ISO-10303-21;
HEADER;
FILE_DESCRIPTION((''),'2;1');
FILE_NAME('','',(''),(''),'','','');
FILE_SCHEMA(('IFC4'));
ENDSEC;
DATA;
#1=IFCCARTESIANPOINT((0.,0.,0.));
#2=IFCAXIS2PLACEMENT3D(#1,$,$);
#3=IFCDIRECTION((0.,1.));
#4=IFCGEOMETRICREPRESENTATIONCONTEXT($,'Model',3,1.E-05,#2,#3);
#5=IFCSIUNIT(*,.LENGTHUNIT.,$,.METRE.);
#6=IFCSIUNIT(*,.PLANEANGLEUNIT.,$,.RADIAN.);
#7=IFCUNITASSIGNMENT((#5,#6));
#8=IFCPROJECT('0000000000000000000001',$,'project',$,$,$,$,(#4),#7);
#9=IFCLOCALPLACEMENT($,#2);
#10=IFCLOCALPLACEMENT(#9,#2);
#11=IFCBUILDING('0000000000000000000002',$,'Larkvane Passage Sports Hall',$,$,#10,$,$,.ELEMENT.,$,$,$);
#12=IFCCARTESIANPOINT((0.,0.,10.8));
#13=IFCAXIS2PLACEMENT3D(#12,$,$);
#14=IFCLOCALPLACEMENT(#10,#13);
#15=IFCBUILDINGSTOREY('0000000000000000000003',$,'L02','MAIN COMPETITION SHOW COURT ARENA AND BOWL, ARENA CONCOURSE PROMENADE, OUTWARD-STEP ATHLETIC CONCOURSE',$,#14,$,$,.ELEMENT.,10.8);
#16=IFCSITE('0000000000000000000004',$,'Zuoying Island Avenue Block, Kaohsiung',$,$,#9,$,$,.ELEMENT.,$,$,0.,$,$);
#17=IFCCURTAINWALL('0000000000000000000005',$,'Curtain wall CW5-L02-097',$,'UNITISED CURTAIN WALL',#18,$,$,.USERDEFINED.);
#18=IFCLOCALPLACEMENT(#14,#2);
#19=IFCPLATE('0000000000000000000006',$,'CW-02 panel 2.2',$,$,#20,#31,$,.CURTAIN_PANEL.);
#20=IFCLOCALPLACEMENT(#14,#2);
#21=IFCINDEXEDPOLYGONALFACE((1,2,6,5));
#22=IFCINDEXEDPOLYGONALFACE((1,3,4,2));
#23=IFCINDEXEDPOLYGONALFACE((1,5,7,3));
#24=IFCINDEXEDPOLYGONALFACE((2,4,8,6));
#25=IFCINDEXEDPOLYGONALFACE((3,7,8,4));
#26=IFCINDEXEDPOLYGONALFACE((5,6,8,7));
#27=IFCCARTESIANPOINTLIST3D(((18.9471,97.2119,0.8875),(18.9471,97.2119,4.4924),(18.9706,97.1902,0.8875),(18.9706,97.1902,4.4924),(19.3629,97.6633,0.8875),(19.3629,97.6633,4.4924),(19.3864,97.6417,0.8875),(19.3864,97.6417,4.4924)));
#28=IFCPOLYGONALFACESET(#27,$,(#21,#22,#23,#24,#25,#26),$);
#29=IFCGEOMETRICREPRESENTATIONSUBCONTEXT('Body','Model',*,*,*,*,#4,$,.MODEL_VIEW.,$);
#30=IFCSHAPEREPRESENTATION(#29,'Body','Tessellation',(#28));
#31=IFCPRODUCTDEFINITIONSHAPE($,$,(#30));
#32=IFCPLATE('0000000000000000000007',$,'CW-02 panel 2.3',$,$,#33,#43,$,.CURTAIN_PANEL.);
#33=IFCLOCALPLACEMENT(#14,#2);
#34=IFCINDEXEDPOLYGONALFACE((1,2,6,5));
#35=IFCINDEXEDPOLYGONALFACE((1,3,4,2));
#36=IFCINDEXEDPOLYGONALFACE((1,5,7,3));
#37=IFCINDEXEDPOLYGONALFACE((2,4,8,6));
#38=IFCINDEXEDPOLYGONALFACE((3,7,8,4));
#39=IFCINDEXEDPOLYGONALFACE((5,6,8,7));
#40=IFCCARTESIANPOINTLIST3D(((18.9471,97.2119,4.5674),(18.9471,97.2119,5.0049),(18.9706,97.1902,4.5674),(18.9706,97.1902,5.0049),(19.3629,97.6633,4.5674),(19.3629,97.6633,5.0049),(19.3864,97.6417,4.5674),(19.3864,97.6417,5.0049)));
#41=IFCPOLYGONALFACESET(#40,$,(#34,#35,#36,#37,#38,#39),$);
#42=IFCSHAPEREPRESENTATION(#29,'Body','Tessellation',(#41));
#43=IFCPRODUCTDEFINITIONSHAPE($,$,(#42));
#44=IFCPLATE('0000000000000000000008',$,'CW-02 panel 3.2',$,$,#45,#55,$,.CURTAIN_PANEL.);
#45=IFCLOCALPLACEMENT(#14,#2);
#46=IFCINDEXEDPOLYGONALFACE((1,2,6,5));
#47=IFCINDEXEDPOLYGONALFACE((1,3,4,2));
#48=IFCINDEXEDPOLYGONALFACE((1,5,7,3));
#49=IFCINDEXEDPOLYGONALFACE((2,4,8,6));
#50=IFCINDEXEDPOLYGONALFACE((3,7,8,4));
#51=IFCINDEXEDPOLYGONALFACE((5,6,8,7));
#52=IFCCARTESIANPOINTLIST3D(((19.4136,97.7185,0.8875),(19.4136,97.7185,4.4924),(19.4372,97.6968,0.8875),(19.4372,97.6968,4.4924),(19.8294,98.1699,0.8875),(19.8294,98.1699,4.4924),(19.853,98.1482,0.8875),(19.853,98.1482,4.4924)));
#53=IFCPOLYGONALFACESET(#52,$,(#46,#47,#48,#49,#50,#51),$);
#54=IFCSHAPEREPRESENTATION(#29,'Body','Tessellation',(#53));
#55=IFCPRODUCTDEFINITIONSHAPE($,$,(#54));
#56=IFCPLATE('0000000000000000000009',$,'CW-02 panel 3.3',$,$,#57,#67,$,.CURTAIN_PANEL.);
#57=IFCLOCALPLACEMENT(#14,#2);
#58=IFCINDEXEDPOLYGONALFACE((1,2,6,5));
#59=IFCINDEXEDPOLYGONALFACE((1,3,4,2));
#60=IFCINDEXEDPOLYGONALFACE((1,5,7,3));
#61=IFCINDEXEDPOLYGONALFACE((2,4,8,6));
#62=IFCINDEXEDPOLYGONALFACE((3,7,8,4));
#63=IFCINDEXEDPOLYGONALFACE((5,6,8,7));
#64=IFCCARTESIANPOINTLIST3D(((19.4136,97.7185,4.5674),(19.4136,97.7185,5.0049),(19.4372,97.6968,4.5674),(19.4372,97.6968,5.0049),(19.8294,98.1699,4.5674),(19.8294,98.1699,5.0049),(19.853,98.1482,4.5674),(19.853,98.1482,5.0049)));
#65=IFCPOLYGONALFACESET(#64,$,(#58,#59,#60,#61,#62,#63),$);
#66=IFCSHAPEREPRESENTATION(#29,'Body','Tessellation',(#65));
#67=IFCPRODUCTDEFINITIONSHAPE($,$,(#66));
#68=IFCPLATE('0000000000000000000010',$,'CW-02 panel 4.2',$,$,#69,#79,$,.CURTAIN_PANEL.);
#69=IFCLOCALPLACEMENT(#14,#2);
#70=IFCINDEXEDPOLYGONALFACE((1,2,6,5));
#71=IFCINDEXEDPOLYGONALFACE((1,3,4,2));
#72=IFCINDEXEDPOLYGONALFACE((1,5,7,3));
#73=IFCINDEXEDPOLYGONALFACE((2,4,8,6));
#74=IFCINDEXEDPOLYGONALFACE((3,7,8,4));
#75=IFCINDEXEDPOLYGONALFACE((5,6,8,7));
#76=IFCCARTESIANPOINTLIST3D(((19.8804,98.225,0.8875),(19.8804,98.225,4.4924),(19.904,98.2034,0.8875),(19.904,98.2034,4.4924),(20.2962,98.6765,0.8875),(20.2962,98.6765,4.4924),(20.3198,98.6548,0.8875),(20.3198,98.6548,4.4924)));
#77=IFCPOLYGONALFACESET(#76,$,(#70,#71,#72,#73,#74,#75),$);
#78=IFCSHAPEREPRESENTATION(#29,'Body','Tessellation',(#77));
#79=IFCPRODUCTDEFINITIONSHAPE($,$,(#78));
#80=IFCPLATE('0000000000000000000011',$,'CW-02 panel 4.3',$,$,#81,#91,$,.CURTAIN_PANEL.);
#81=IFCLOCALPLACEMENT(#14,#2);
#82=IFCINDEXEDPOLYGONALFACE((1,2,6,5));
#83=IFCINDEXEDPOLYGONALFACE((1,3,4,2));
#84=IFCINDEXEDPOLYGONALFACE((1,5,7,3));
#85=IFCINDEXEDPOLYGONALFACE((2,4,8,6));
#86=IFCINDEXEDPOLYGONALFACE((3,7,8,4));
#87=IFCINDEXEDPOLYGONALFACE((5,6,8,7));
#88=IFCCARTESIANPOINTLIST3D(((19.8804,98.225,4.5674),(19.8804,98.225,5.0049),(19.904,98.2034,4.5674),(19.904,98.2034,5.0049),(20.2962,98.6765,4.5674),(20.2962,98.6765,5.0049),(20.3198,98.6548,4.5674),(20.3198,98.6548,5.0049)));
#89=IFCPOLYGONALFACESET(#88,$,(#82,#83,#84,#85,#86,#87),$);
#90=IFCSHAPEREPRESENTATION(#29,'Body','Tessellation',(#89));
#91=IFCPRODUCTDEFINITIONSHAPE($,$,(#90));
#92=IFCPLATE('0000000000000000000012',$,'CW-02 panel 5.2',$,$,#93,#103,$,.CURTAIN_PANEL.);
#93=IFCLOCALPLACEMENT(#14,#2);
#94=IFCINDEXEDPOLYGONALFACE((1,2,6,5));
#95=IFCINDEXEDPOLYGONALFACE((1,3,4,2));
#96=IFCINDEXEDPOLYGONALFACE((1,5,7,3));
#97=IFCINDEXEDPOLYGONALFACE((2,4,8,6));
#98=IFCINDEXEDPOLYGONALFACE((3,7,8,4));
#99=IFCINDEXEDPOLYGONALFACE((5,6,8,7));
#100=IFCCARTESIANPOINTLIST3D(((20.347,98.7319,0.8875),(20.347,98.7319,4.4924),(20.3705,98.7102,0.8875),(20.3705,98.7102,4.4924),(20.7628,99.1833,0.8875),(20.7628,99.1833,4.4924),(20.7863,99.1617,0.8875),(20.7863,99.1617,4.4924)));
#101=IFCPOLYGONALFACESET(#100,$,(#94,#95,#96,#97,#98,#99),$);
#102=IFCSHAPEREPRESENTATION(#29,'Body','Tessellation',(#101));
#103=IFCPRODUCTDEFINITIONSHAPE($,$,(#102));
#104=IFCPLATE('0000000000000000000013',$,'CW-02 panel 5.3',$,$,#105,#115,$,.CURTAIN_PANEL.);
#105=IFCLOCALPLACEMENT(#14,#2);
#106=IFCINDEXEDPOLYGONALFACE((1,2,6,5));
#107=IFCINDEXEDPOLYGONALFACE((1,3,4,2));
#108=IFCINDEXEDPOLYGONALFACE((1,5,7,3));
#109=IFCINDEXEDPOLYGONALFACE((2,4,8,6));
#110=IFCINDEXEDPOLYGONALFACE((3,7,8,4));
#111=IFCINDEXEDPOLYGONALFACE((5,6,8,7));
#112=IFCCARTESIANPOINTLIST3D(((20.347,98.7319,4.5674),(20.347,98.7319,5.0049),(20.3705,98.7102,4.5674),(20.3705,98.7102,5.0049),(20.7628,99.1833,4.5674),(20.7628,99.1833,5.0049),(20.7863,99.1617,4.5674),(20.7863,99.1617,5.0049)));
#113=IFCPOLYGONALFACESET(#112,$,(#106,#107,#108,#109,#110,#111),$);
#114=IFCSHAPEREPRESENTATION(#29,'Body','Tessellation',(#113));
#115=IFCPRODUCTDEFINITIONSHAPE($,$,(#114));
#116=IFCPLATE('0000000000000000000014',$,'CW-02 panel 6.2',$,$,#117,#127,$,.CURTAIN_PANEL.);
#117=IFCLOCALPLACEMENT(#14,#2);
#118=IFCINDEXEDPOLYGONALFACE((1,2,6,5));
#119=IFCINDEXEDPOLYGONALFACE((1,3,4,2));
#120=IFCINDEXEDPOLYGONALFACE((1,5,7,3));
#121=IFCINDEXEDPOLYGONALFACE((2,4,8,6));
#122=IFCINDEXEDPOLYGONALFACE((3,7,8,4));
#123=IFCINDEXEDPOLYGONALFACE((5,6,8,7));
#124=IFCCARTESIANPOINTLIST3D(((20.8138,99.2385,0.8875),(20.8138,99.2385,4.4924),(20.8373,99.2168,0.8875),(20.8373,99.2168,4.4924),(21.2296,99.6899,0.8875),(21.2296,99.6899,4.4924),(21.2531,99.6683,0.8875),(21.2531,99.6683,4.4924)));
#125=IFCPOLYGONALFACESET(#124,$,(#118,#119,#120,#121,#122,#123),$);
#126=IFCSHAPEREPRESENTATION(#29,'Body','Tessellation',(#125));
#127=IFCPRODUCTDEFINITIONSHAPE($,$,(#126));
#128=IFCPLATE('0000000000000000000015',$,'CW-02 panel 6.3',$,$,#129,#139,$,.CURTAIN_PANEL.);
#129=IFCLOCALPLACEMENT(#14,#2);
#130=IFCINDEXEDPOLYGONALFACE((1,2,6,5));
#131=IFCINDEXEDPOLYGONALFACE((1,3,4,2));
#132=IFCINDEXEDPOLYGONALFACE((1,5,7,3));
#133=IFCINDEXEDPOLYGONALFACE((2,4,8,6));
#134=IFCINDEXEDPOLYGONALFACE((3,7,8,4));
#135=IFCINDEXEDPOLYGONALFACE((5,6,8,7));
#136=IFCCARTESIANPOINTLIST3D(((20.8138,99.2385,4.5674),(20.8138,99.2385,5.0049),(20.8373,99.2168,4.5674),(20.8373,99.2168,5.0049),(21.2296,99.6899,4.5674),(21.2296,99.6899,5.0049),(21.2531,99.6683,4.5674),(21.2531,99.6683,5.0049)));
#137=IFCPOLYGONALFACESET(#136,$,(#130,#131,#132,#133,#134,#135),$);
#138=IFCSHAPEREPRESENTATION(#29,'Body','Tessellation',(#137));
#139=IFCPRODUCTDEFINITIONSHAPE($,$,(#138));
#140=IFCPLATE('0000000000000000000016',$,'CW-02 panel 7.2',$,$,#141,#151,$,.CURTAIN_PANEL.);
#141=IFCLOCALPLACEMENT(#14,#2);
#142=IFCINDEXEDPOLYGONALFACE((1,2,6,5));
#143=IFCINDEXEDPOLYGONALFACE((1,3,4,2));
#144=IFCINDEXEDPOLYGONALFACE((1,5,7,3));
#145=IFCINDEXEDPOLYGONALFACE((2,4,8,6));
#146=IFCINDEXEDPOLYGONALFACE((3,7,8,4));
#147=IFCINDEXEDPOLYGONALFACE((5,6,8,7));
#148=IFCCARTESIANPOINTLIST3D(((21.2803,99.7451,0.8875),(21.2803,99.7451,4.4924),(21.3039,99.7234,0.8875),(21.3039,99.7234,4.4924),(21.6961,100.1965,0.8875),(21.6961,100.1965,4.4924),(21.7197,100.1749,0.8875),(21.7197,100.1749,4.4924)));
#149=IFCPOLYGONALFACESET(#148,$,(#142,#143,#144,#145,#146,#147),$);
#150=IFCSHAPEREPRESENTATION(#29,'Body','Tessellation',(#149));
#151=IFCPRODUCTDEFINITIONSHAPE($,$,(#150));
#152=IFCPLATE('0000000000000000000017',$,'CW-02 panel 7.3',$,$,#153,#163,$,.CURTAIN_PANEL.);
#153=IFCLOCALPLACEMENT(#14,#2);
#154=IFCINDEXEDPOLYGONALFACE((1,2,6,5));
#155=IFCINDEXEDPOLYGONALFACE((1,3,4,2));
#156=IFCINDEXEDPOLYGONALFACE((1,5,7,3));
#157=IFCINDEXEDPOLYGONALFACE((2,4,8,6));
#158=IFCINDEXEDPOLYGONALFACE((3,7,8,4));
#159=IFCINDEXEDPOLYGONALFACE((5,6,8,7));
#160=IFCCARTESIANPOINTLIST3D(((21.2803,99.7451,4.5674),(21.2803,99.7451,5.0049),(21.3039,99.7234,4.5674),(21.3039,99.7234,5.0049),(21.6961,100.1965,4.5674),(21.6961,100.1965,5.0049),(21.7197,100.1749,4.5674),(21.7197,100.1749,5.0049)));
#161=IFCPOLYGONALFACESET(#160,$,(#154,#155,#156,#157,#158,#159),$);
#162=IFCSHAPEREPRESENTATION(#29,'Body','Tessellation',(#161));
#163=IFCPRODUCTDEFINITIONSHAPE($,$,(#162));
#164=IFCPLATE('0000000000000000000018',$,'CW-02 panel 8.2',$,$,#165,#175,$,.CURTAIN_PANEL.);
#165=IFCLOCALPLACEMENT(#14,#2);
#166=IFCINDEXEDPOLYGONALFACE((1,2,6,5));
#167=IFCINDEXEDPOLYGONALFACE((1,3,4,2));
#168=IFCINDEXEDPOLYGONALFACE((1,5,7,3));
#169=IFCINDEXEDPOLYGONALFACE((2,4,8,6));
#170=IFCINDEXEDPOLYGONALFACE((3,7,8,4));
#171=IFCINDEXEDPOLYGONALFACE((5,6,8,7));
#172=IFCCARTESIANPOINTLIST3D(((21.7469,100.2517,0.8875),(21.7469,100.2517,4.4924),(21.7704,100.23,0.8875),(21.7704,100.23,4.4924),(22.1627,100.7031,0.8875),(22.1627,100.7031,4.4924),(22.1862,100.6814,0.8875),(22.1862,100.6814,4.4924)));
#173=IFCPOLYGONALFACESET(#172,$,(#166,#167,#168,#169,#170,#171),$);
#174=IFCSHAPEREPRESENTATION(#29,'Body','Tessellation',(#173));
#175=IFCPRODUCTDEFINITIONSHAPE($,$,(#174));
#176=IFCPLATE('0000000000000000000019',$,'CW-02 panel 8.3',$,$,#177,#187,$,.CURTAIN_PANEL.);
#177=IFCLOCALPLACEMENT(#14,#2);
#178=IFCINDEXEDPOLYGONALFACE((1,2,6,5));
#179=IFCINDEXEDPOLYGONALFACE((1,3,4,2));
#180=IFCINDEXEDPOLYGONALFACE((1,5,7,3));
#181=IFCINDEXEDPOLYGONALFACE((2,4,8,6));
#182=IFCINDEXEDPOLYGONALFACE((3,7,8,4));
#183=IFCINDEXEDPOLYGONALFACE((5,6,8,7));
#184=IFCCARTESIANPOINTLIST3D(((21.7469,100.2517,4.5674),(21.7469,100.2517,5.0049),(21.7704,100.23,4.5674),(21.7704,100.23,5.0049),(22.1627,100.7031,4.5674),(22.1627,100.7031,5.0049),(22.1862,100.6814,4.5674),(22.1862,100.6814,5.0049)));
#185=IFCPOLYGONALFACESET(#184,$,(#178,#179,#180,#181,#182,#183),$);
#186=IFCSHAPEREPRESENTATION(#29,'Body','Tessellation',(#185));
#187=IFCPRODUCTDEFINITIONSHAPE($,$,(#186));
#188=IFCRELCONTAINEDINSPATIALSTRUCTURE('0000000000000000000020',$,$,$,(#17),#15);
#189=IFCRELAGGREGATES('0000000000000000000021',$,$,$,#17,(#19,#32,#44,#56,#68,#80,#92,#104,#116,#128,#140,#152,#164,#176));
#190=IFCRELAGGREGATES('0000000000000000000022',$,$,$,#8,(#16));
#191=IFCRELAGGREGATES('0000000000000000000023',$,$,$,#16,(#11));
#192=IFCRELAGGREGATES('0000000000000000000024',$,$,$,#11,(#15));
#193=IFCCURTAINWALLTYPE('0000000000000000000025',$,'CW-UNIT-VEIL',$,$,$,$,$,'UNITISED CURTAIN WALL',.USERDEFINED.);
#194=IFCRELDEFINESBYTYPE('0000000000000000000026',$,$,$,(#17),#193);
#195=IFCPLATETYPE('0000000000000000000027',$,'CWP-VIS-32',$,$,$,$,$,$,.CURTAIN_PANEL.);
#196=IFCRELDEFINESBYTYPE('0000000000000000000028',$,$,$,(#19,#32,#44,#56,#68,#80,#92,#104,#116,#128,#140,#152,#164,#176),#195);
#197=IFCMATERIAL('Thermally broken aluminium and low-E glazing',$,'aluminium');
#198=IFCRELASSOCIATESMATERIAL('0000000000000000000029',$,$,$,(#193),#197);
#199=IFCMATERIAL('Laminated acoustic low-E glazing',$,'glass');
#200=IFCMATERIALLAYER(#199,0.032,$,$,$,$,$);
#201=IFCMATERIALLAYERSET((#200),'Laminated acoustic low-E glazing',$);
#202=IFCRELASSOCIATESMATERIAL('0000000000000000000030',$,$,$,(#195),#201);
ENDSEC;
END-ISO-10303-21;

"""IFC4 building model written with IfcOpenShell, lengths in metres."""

from ifc_helpers import new_model, si_unit, direction, frame, origin, origin_2d, place, context, subcontext, project, spatial, rectangle, extrude, material, layer, layer_set, type_object, element, aggregate, save


model = new_model("IFC4")

# Units and contexts
model_context = context("Model", 3, precision=1e-05, world=origin(), true_north=direction((0.0, 1.0)))
body_context = subcontext(model_context, "Body", "Model", "MODEL_VIEW")
ifc_project = project(units=[si_unit("LENGTHUNIT", "METRE"), si_unit("PLANEANGLEUNIT", "RADIAN")], contexts=[model_context])

# Site, building, storey
site_placement = place(None, origin())
site = spatial("IfcSite", under=ifc_project, at=site_placement, Name="Zuoying Island Avenue Block, Kaohsiung", CompositionType="ELEMENT", RefElevation=0.0)
building_placement = place(site_placement, origin())
building = spatial("IfcBuilding", under=site, at=building_placement, Name="Larkvane Passage Sports Hall", CompositionType="ELEMENT")
storey_placement = place(building_placement, frame((0.0, 0.0, 10.8)))
storey = spatial("IfcBuildingStorey", under=building, at=storey_placement, Name="L02", Description="MAIN COMPETITION SHOW COURT ARENA AND BOWL, ARENA CONCOURSE PROMENADE, OUTWARD-STEP ATHLETIC CONCOURSE", CompositionType="ELEMENT", Elevation=10.8)

# Curtain wall, plates
ifc_material_1 = material(Name="Thermally broken aluminium and low-E glazing", Category="aluminium")
curtain_wall_type = type_object("IfcCurtainWallType", Name="CW-UNIT-VEIL", ElementType="UNITISED CURTAIN WALL", PredefinedType="USERDEFINED", material=ifc_material_1)
curtain_wall_placement = place(storey_placement, origin())
curtain_wall = element("IfcCurtainWall", 1, at=curtain_wall_placement, inside=storey, type_object=curtain_wall_type, Name="Curtain wall CW5-L02-097", ObjectType="UNITISED CURTAIN WALL", PredefinedType="USERDEFINED")
ifc_material_2 = material(Name="Laminated acoustic low-E glazing", Category="glass")
ifc_layer = layer(ifc_material_2, 0.032)
ifc_layer_set = layer_set([ifc_layer], Name="Laminated acoustic low-E glazing")
plate_type = type_object("IfcPlateType", Name="CWP-VIS-32", PredefinedType="CURTAIN_PANEL", material=ifc_layer_set)
plate_1_placement = place(storey_placement, frame((19.1667, 97.4268, 0.8875), z_axis=(0.0, 0.0, 1.0), x_axis=(0.677475, 0.735545, 0.0)))
plate_1 = element("IfcPlate", 2, at=plate_1_placement, type_object=plate_type, Name="CW-02 panel 2.2", PredefinedType="CURTAIN_PANEL", context=body_context, shape_type="SweptSolid", body=[
    extrude(rectangle(XDim=0.6138, YDim=0.032, at=origin_2d()), origin(), (0.0, 0.0, 1.0), 3.605),
])
plate_2_placement = place(storey_placement, frame((19.1667, 97.4268, 4.5674), z_axis=(0.0, 0.0, 1.0), x_axis=(0.677475, 0.735545, 0.0)))
plate_2 = element("IfcPlate", 3, at=plate_2_placement, type_object=plate_type, Name="CW-02 panel 2.3", PredefinedType="CURTAIN_PANEL", context=body_context, shape_type="SweptSolid", body=[
    extrude(rectangle(XDim=0.6138, YDim=0.032, at=origin_2d()), origin(), (0.0, 0.0, 1.0), 0.4375),
])
plate_3_placement = place(storey_placement, frame((19.6333, 97.9333, 0.8875), z_axis=(0.0, 0.0, 1.0), x_axis=(0.677475, 0.735545, 0.0)))
plate_3 = element("IfcPlate", 4, at=plate_3_placement, type_object=plate_type, Name="CW-02 panel 3.2", PredefinedType="CURTAIN_PANEL", context=body_context, shape_type="SweptSolid", body=[
    extrude(rectangle(XDim=0.6138, YDim=0.032, at=origin_2d()), origin(), (0.0, 0.0, 1.0), 3.605),
])
plate_4_placement = place(storey_placement, frame((19.6333, 97.9333, 4.5674), z_axis=(0.0, 0.0, 1.0), x_axis=(0.677475, 0.735545, 0.0)))
plate_4 = element("IfcPlate", 5, at=plate_4_placement, type_object=plate_type, Name="CW-02 panel 3.3", PredefinedType="CURTAIN_PANEL", context=body_context, shape_type="SweptSolid", body=[
    extrude(rectangle(XDim=0.6138, YDim=0.032, at=origin_2d()), origin(), (0.0, 0.0, 1.0), 0.4375),
])
plate_5_placement = place(storey_placement, frame((20.1001, 98.4399, 0.8875), z_axis=(0.0, 0.0, 1.0), x_axis=(0.677475, 0.735545, 0.0)))
plate_5 = element("IfcPlate", 6, at=plate_5_placement, type_object=plate_type, Name="CW-02 panel 4.2", PredefinedType="CURTAIN_PANEL", context=body_context, shape_type="SweptSolid", body=[
    extrude(rectangle(XDim=0.6138, YDim=0.032, at=origin_2d()), origin(), (0.0, 0.0, 1.0), 3.605),
])
plate_6_placement = place(storey_placement, frame((20.1001, 98.4399, 4.5674), z_axis=(0.0, 0.0, 1.0), x_axis=(0.677475, 0.735545, 0.0)))
plate_6 = element("IfcPlate", 7, at=plate_6_placement, type_object=plate_type, Name="CW-02 panel 4.3", PredefinedType="CURTAIN_PANEL", context=body_context, shape_type="SweptSolid", body=[
    extrude(rectangle(XDim=0.6138, YDim=0.032, at=origin_2d()), origin(), (0.0, 0.0, 1.0), 0.4375),
])
plate_7_placement = place(storey_placement, frame((20.5667, 98.9468, 0.8875), z_axis=(0.0, 0.0, 1.0), x_axis=(0.677475, 0.735545, 0.0)))
plate_7 = element("IfcPlate", 8, at=plate_7_placement, type_object=plate_type, Name="CW-02 panel 5.2", PredefinedType="CURTAIN_PANEL", context=body_context, shape_type="SweptSolid", body=[
    extrude(rectangle(XDim=0.6138, YDim=0.032, at=origin_2d()), origin(), (0.0, 0.0, 1.0), 3.605),
])
plate_8_placement = place(storey_placement, frame((20.5667, 98.9468, 4.5674), z_axis=(0.0, 0.0, 1.0), x_axis=(0.677475, 0.735545, 0.0)))
plate_8 = element("IfcPlate", 9, at=plate_8_placement, type_object=plate_type, Name="CW-02 panel 5.3", PredefinedType="CURTAIN_PANEL", context=body_context, shape_type="SweptSolid", body=[
    extrude(rectangle(XDim=0.6138, YDim=0.032, at=origin_2d()), origin(), (0.0, 0.0, 1.0), 0.4375),
])
plate_9_placement = place(storey_placement, frame((21.0334, 99.4534, 0.8875), z_axis=(0.0, 0.0, 1.0), x_axis=(0.677475, 0.735545, 0.0)))
plate_9 = element("IfcPlate", 10, at=plate_9_placement, type_object=plate_type, Name="CW-02 panel 6.2", PredefinedType="CURTAIN_PANEL", context=body_context, shape_type="SweptSolid", body=[
    extrude(rectangle(XDim=0.6138, YDim=0.032, at=origin_2d()), origin(), (0.0, 0.0, 1.0), 3.605),
])
plate_10_placement = place(storey_placement, frame((21.0334, 99.4534, 4.5674), z_axis=(0.0, 0.0, 1.0), x_axis=(0.677475, 0.735545, 0.0)))
plate_10 = element("IfcPlate", 11, at=plate_10_placement, type_object=plate_type, Name="CW-02 panel 6.3", PredefinedType="CURTAIN_PANEL", context=body_context, shape_type="SweptSolid", body=[
    extrude(rectangle(XDim=0.6138, YDim=0.032, at=origin_2d()), origin(), (0.0, 0.0, 1.0), 0.4375),
])
plate_11_placement = place(storey_placement, frame((21.5, 99.96, 0.8875), z_axis=(0.0, 0.0, 1.0), x_axis=(0.677475, 0.735545, 0.0)))
plate_11 = element("IfcPlate", 12, at=plate_11_placement, type_object=plate_type, Name="CW-02 panel 7.2", PredefinedType="CURTAIN_PANEL", context=body_context, shape_type="SweptSolid", body=[
    extrude(rectangle(XDim=0.6138, YDim=0.032, at=origin_2d()), origin(), (0.0, 0.0, 1.0), 3.605),
])
plate_12_placement = place(storey_placement, frame((21.5, 99.96, 4.5674), z_axis=(0.0, 0.0, 1.0), x_axis=(0.677475, 0.735545, 0.0)))
plate_12 = element("IfcPlate", 13, at=plate_12_placement, type_object=plate_type, Name="CW-02 panel 7.3", PredefinedType="CURTAIN_PANEL", context=body_context, shape_type="SweptSolid", body=[
    extrude(rectangle(XDim=0.6138, YDim=0.032, at=origin_2d()), origin(), (0.0, 0.0, 1.0), 0.4375),
])
plate_13_placement = place(storey_placement, frame((21.9666, 100.4666, 0.8875), z_axis=(0.0, 0.0, 1.0), x_axis=(0.677475, 0.735545, 0.0)))
plate_13 = element("IfcPlate", 14, at=plate_13_placement, type_object=plate_type, Name="CW-02 panel 8.2", PredefinedType="CURTAIN_PANEL", context=body_context, shape_type="SweptSolid", body=[
    extrude(rectangle(XDim=0.6138, YDim=0.032, at=origin_2d()), origin(), (0.0, 0.0, 1.0), 3.605),
])
plate_14_placement = place(storey_placement, frame((21.9666, 100.4666, 4.5674), z_axis=(0.0, 0.0, 1.0), x_axis=(0.677475, 0.735545, 0.0)))
plate_14 = element("IfcPlate", 15, at=plate_14_placement, type_object=plate_type, Name="CW-02 panel 8.3", PredefinedType="CURTAIN_PANEL", context=body_context, shape_type="SweptSolid", body=[
    extrude(rectangle(XDim=0.6138, YDim=0.032, at=origin_2d()), origin(), (0.0, 0.0, 1.0), 0.4375),
])
aggregate(curtain_wall, [plate_1, plate_2, plate_3, plate_4, plate_5, plate_6, plate_7, plate_8, plate_9, plate_10, plate_11, plate_12, plate_13, plate_14])

save(model, "model.ifc")
